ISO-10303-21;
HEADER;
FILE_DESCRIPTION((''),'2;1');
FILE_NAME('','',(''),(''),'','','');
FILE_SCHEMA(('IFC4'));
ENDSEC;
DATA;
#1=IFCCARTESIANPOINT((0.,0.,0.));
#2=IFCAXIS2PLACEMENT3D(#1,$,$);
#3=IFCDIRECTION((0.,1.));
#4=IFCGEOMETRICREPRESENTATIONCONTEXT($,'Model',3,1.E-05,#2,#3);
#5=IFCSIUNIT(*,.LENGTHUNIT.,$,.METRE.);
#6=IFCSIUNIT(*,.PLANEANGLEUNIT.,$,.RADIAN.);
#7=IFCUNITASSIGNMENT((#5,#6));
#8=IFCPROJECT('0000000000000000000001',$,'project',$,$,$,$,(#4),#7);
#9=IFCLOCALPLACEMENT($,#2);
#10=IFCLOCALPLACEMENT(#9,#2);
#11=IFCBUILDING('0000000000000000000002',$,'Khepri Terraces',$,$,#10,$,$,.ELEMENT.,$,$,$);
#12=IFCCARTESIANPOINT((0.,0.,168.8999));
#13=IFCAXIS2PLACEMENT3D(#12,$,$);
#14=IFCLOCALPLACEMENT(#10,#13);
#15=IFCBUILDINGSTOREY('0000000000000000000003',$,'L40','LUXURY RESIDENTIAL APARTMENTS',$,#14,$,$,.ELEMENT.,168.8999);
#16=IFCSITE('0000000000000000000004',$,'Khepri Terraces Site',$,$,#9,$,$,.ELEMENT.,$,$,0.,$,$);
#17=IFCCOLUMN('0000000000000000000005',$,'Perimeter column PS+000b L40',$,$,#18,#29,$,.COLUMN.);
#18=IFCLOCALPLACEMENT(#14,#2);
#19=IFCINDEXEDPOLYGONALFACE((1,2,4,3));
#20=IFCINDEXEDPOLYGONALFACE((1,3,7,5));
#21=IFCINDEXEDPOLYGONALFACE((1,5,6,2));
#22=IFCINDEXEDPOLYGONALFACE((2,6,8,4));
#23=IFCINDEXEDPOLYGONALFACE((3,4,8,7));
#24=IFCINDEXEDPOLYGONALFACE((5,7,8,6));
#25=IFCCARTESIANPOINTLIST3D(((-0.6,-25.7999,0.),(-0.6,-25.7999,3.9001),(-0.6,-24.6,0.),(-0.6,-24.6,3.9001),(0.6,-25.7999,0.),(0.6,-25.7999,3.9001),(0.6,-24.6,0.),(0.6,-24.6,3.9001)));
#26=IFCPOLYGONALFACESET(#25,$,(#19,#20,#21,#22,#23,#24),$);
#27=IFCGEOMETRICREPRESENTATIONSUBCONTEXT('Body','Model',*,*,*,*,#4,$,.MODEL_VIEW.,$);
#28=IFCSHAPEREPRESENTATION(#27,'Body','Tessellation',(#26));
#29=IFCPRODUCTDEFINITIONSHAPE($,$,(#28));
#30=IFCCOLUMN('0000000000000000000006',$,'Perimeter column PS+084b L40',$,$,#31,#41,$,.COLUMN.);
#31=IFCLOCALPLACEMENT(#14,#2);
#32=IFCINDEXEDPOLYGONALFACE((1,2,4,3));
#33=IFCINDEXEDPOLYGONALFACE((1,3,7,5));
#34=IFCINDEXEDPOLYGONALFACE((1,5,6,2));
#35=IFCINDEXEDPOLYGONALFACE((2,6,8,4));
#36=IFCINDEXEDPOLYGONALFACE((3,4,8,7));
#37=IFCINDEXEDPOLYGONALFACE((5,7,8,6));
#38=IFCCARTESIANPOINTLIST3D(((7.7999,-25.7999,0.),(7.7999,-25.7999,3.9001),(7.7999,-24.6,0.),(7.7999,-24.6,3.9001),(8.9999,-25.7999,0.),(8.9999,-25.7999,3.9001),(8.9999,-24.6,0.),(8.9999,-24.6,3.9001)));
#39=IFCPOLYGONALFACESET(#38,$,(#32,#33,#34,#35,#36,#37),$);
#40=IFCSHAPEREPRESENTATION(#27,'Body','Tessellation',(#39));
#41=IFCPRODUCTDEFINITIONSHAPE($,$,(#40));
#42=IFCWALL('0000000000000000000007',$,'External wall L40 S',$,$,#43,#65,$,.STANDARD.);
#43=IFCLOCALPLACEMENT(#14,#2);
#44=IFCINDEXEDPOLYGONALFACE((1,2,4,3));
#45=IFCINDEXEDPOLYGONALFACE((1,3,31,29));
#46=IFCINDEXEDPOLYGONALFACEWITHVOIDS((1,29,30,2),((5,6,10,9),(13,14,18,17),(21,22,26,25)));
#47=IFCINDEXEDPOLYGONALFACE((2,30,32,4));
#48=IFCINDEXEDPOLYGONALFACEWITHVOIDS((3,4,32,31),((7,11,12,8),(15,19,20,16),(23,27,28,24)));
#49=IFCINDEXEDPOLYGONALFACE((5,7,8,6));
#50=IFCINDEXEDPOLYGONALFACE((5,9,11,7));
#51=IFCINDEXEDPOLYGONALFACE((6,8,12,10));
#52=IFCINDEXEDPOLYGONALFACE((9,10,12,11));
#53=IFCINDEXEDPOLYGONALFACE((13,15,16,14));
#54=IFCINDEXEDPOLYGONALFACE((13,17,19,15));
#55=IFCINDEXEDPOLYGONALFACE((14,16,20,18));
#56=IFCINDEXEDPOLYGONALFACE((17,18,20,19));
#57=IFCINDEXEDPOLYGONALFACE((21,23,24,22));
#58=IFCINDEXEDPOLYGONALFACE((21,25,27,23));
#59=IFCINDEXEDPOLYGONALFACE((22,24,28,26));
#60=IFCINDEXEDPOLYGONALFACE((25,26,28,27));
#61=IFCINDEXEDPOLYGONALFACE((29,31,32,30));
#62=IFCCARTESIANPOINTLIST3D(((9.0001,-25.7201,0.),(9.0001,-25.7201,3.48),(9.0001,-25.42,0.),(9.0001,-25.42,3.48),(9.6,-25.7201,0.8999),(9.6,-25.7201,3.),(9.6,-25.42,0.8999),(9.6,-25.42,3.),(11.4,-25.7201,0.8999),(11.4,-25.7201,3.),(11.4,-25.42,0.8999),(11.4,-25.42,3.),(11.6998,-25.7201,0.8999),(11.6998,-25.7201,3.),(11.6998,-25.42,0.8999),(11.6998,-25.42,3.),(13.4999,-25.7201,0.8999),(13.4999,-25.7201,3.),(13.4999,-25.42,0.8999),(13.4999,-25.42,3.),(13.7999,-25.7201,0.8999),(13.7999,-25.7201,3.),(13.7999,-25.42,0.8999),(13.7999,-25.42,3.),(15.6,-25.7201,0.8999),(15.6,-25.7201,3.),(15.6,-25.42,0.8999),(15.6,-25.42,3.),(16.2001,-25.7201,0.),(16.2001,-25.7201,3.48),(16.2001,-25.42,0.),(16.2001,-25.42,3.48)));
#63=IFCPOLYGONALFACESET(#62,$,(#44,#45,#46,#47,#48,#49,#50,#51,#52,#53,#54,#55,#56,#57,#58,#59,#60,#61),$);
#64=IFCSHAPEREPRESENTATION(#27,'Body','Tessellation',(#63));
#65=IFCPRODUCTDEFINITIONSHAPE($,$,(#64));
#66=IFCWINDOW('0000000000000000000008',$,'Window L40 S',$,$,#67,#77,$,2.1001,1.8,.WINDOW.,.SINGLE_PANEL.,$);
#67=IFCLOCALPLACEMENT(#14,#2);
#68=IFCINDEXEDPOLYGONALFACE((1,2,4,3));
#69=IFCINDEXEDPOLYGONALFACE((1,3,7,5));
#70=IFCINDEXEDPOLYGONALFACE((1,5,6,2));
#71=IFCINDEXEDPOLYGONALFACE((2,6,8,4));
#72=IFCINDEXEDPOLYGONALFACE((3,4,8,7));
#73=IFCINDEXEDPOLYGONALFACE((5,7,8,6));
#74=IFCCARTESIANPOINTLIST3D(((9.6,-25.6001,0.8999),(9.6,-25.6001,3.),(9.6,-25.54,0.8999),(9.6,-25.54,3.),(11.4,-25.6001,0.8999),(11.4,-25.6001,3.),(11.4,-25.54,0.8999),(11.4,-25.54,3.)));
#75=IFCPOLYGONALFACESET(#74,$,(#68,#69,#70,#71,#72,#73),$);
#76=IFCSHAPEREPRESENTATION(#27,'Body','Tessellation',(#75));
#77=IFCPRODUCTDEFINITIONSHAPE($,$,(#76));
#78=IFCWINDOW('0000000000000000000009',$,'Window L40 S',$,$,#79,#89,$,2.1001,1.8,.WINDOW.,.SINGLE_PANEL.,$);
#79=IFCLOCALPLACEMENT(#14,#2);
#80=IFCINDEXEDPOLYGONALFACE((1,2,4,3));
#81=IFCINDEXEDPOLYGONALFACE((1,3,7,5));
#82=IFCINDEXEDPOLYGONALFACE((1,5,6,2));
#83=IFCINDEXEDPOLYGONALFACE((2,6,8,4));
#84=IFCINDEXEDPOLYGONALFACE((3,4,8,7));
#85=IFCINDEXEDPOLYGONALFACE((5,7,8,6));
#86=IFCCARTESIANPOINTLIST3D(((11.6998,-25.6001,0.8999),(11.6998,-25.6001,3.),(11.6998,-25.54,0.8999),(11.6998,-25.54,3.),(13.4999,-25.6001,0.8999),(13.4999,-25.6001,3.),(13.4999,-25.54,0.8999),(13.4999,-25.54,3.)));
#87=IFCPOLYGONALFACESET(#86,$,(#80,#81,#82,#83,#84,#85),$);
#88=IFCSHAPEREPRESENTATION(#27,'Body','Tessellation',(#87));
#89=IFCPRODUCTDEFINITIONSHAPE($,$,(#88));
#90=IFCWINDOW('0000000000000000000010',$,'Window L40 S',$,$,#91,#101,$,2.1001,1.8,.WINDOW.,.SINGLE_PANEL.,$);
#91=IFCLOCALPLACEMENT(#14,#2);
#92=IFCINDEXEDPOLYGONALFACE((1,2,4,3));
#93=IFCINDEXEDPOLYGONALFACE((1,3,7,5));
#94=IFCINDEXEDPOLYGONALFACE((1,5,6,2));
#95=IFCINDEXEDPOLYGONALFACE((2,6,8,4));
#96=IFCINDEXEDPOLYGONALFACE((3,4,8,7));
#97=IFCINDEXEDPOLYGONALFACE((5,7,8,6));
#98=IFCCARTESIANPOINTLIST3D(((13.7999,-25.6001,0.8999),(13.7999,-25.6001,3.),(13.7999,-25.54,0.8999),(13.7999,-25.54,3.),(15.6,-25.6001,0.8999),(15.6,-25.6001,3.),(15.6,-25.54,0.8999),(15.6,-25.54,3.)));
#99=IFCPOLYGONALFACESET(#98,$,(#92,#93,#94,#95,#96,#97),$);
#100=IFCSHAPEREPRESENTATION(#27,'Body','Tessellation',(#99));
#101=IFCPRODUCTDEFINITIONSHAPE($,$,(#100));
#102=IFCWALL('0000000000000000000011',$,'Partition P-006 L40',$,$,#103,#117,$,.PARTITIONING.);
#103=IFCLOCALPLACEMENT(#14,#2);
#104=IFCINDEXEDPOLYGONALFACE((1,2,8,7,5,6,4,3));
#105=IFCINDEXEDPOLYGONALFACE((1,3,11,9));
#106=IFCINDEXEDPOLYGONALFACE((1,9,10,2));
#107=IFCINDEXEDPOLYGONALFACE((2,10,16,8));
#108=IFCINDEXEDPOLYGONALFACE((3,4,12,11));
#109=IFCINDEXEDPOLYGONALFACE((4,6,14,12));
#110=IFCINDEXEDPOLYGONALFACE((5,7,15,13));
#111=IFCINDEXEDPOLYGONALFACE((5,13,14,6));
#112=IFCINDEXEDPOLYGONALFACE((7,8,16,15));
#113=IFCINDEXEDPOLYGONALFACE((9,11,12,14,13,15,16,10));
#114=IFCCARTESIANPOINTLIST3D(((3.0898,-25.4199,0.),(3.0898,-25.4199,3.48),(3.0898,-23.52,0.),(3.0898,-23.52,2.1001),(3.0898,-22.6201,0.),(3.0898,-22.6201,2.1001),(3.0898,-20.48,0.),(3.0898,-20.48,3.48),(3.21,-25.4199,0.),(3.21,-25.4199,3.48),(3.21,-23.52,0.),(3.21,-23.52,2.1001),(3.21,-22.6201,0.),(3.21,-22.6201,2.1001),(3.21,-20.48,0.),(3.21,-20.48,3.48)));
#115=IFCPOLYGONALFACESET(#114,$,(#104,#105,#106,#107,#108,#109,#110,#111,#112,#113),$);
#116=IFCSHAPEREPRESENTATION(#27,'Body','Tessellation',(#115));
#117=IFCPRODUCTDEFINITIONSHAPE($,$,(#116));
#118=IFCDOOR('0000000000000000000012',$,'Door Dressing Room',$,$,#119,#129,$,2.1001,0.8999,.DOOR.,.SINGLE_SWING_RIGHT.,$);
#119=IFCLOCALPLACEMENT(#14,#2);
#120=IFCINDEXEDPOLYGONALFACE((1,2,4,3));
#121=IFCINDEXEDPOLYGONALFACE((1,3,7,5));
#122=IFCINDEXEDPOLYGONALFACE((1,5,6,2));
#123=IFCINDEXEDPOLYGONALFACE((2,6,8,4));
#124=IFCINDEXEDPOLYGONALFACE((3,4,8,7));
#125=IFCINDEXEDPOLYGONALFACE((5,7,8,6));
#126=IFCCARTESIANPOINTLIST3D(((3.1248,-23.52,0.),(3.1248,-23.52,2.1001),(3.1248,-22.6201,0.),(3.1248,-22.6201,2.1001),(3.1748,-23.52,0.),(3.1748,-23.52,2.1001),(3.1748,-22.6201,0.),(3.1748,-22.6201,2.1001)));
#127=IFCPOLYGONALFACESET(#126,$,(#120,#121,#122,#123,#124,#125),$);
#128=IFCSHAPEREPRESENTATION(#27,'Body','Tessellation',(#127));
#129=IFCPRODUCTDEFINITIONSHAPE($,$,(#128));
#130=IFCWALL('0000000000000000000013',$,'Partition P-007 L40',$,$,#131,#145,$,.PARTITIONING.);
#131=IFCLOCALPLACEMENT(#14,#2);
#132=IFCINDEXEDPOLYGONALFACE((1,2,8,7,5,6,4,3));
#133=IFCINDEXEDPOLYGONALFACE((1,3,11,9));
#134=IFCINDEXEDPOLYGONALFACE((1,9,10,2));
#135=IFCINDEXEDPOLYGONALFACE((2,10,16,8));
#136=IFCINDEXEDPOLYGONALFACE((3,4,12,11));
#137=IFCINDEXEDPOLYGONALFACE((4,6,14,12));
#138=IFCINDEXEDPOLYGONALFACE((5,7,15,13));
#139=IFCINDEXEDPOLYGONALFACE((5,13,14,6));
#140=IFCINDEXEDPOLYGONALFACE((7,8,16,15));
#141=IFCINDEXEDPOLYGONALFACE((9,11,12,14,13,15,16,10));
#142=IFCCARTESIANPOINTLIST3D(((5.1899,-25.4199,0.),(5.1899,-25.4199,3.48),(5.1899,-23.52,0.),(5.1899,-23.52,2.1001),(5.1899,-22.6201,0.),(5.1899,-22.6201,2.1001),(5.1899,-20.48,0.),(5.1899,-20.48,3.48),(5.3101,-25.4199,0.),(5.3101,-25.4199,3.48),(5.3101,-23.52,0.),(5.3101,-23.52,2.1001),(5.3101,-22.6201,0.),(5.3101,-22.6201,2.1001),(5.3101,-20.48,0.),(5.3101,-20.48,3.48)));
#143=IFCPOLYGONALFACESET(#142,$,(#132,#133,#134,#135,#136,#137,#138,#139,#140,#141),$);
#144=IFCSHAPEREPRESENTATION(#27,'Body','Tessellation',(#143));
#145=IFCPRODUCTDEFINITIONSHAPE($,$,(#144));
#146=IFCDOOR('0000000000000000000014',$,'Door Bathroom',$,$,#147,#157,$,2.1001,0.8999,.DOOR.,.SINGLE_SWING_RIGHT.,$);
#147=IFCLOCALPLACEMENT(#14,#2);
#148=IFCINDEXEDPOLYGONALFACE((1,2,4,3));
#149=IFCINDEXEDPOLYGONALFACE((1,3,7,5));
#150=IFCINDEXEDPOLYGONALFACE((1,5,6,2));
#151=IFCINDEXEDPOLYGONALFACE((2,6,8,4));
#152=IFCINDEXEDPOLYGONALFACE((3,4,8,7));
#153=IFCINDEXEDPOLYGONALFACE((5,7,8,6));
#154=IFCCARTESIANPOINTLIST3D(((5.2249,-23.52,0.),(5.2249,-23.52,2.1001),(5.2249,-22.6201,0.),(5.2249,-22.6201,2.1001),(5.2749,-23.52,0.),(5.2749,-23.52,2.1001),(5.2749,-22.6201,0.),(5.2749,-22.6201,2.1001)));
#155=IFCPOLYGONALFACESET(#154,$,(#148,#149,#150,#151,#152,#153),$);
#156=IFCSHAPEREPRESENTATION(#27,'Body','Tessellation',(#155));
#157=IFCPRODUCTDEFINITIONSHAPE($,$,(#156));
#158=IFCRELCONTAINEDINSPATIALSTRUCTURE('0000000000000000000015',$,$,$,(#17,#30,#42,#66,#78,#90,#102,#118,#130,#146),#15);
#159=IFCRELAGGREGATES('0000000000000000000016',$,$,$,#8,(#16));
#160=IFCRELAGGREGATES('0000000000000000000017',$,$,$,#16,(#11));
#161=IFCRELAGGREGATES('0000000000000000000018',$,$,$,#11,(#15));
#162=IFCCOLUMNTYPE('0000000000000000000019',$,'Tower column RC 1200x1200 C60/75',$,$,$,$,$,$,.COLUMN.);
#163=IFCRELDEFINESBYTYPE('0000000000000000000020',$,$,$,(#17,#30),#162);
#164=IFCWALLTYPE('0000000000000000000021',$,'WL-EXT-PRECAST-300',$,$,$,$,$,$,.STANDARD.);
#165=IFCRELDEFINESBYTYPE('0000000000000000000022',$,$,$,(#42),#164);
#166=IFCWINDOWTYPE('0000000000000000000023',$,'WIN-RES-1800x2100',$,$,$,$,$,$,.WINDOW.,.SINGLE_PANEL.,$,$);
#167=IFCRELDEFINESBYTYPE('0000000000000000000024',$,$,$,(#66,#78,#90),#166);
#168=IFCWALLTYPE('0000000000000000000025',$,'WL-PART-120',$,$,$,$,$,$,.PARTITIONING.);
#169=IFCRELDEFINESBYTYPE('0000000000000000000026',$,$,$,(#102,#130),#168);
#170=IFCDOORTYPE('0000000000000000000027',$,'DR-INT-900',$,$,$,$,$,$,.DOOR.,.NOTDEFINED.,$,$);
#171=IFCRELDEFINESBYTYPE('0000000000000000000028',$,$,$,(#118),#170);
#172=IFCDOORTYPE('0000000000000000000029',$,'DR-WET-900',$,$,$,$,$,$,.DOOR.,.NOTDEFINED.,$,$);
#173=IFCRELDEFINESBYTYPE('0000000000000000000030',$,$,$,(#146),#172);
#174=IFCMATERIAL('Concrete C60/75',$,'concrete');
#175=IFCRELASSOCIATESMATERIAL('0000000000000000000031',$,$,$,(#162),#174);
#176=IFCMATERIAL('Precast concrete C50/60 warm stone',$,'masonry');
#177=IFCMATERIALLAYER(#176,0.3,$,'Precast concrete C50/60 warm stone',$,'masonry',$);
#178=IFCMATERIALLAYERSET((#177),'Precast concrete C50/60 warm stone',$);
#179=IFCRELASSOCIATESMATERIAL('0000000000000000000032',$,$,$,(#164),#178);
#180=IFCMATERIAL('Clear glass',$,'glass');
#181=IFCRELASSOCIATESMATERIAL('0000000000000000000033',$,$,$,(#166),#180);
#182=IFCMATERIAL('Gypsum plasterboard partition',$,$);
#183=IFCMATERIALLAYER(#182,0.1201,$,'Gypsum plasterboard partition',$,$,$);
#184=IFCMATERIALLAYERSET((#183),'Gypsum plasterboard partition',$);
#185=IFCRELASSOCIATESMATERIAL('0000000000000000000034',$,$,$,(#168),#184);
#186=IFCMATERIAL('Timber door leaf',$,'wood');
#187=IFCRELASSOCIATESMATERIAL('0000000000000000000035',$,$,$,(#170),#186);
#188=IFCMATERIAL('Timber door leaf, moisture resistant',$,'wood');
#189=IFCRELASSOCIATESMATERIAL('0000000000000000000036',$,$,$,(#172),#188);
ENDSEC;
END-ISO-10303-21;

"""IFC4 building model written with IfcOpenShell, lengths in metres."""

from ifc_helpers import new_model, si_unit, direction, frame, frame_2d, origin, origin_2d, place, context, subcontext, project, spatial, rectangle, extrude, material, layer, layer_set, material_profile, profile_set, type_object, element, fill, save


model = new_model("IFC4")

# Units and contexts
model_context = context("Model", 3, precision=1e-05, world=origin(), true_north=direction((0.0, 1.0)))
body_context = subcontext(model_context, "Body", "Model", "MODEL_VIEW")
ifc_project = project(units=[si_unit("LENGTHUNIT", "METRE"), si_unit("PLANEANGLEUNIT", "RADIAN")], contexts=[model_context])

# Site, building, storey
site_placement = place(None, origin())
site = spatial("IfcSite", under=ifc_project, at=site_placement, Name="Khepri Terraces Site", CompositionType="ELEMENT", RefElevation=0.0)
building_placement = place(site_placement, origin())
building = spatial("IfcBuilding", under=site, at=building_placement, Name="Khepri Terraces", CompositionType="ELEMENT")
storey_placement = place(building_placement, frame((0.0, 0.0, 168.8999)))
storey = spatial("IfcBuildingStorey", under=building, at=storey_placement, Name="L40", Description="LUXURY RESIDENTIAL APARTMENTS", CompositionType="ELEMENT", Elevation=168.8999)

# Columns
ifc_material_1 = material(Name="Concrete C60/75", Category="concrete")
ifc_material_profile = material_profile(ifc_material_1, rectangle(XDim=1.2, YDim=1.2, at=origin_2d()), Name="Concrete C60/75", Category="concrete")
ifc_profile_set = profile_set([ifc_material_profile], Name="Concrete C60/75")
column_type = type_object("IfcColumnType", Name="Tower column RC 1200x1200 C60/75", PredefinedType="COLUMN", material=ifc_profile_set)
for number, where, z_axis, x_axis, name in (
    (1, (0.0, -25.2, 0.0), (0.0, 0.0, 1.0), (1.0, 0.0, 0.0), "Perimeter column PS+000b L40"),
    (2, (8.3999, -25.2, 0.0), (0.0, 0.0, 1.0), (1.0, 0.0, 0.0), "Perimeter column PS+084b L40"),
):
    element("IfcColumn", number, at=place(storey_placement, frame(where, z_axis=z_axis, x_axis=x_axis)), inside=storey, type_object=column_type, Name=name, PredefinedType="COLUMN", context=body_context, shape_type="SweptSolid", body=[
        extrude(rectangle(XDim=1.2, YDim=1.2, at=origin_2d()), origin(), (0.0, 0.0, 1.0), 3.9001),
    ])

# Shared definitions
ifc_material_2 = material(Name="Precast concrete C50/60 warm stone", Category="masonry")
ifc_layer_1 = layer(ifc_material_2, 0.3, Name="Precast concrete C50/60 warm stone", Category="masonry")
ifc_layer_set_1 = layer_set([ifc_layer_1], Name="Precast concrete C50/60 warm stone")
wall_type_1 = type_object("IfcWallType", Name="WL-EXT-PRECAST-300", PredefinedType="STANDARD", material=ifc_layer_set_1)
ifc_material_3 = material(Name="Clear glass", Category="glass")
window_type = type_object("IfcWindowType", Name="WIN-RES-1800x2100", PartitioningType="SINGLE_PANEL", PredefinedType="WINDOW", material=ifc_material_3)

# Wall, openings, windows
wall_1_placement = place(storey_placement, frame((9.0, -25.5701, 0.0), z_axis=(0.0, 0.0, 1.0), x_axis=(1.0, 0.0, 0.0)))
wall_1 = element("IfcWall", 3, at=wall_1_placement, inside=storey, type_object=wall_type_1, Name="External wall L40 S", PredefinedType="STANDARD", context=body_context, shape_type="SweptSolid", body=[
    extrude(rectangle(XDim=7.2, YDim=0.3, at=frame_2d((3.6001, 0.0))), origin(), (0.0, 0.0, 1.0), 3.48),
])
opening_1_placement = place(wall_1_placement, frame((0.6001, 0.0, 0.8999)))
opening_1 = element("IfcOpeningElement", 4, at=opening_1_placement, cuts=wall_1, PredefinedType="OPENING", context=body_context, shape_type="SweptSolid", body=[
    extrude(rectangle(XDim=1.8, YDim=2.1001, at=frame_2d((0.8999, 1.05))), frame((0.0, 0.1602, 0.0), z_axis=(0.0, -1.0, 0.0), x_axis=(1.0, 0.0, 0.0)), (0.0, 0.0, 1.0), 0.3201),
])
opening_2_placement = place(wall_1_placement, frame((2.7, 0.0, 0.8999)))
opening_2 = element("IfcOpeningElement", 5, at=opening_2_placement, cuts=wall_1, PredefinedType="OPENING", context=body_context, shape_type="SweptSolid", body=[
    extrude(rectangle(XDim=1.8, YDim=2.1001, at=frame_2d((0.8999, 1.05))), frame((0.0, 0.1602, 0.0), z_axis=(0.0, -1.0, 0.0), x_axis=(1.0, 0.0, 0.0)), (0.0, 0.0, 1.0), 0.3201),
])
opening_3_placement = place(wall_1_placement, frame((4.8, 0.0, 0.8999)))
opening_3 = element("IfcOpeningElement", 6, at=opening_3_placement, cuts=wall_1, PredefinedType="OPENING", context=body_context, shape_type="SweptSolid", body=[
    extrude(rectangle(XDim=1.8, YDim=2.1001, at=frame_2d((0.8999, 1.05))), frame((0.0, 0.1602, 0.0), z_axis=(0.0, -1.0, 0.0), x_axis=(1.0, 0.0, 0.0)), (0.0, 0.0, 1.0), 0.3201),
])
window_1_placement = place(opening_1_placement, origin())
window_1 = element("IfcWindow", 7, at=window_1_placement, inside=storey, type_object=window_type, Name="Window L40 S", OverallHeight=2.1001, OverallWidth=1.8, PartitioningType="SINGLE_PANEL", PredefinedType="WINDOW", context=body_context, shape_type="SweptSolid", body=[
    extrude(rectangle(XDim=1.8, YDim=2.1001, at=frame_2d((0.8999, 1.05))), frame((0.0, 0.03, 0.0), z_axis=(0.0, -1.0, 0.0), x_axis=(1.0, 0.0, 0.0)), (0.0, 0.0, 1.0), 0.0601),
])
fill(opening_1, window_1)
window_2_placement = place(opening_2_placement, origin())
window_2 = element("IfcWindow", 8, at=window_2_placement, inside=storey, type_object=window_type, Name="Window L40 S", OverallHeight=2.1001, OverallWidth=1.8, PartitioningType="SINGLE_PANEL", PredefinedType="WINDOW", context=body_context, shape_type="SweptSolid", body=[
    extrude(rectangle(XDim=1.8, YDim=2.1001, at=frame_2d((0.8999, 1.05))), frame((0.0, 0.03, 0.0), z_axis=(0.0, -1.0, 0.0), x_axis=(1.0, 0.0, 0.0)), (0.0, 0.0, 1.0), 0.0601),
])
fill(opening_2, window_2)
window_3_placement = place(opening_3_placement, origin())
window_3 = element("IfcWindow", 9, at=window_3_placement, inside=storey, type_object=window_type, Name="Window L40 S", OverallHeight=2.1001, OverallWidth=1.8, PartitioningType="SINGLE_PANEL", PredefinedType="WINDOW", context=body_context, shape_type="SweptSolid", body=[
    extrude(rectangle(XDim=1.8, YDim=2.1001, at=frame_2d((0.8999, 1.05))), frame((0.0, 0.03, 0.0), z_axis=(0.0, -1.0, 0.0), x_axis=(1.0, 0.0, 0.0)), (0.0, 0.0, 1.0), 0.0601),
])
fill(opening_3, window_3)

# Walls, openings, doors
ifc_material_4 = material(Name="Gypsum plasterboard partition")
ifc_layer_2 = layer(ifc_material_4, 0.1201, Name="Gypsum plasterboard partition")
ifc_layer_set_2 = layer_set([ifc_layer_2], Name="Gypsum plasterboard partition")
wall_type_2 = type_object("IfcWallType", Name="WL-PART-120", PredefinedType="PARTITIONING", material=ifc_layer_set_2)
wall_2_placement = place(storey_placement, frame((3.1499, -25.4199, 0.0), z_axis=(0.0, 0.0, 1.0), x_axis=(0.0, 1.0, 0.0)))
wall_2 = element("IfcWall", 10, at=wall_2_placement, inside=storey, type_object=wall_type_2, Name="Partition P-006 L40", PredefinedType="PARTITIONING", context=body_context, shape_type="SweptSolid", body=[
    extrude(rectangle(XDim=4.9399, YDim=0.1201, at=frame_2d((2.47, 0.0))), origin(), (0.0, 0.0, 1.0), 3.48),
])
opening_4_placement = place(wall_2_placement, frame((1.8999, 0.0, 0.0)))
opening_4 = element("IfcOpeningElement", 11, at=opening_4_placement, cuts=wall_2, PredefinedType="OPENING", context=body_context, shape_type="SweptSolid", body=[
    extrude(rectangle(XDim=0.8999, YDim=2.1001, at=frame_2d((0.45, 1.05))), frame((0.0, 0.0701, 0.0), z_axis=(0.0, -1.0, 0.0), x_axis=(1.0, 0.0, 0.0)), (0.0, 0.0, 1.0), 0.1401),
])
ifc_material_5 = material(Name="Timber door leaf", Category="wood")
door_type_1 = type_object("IfcDoorType", Name="DR-INT-900", OperationType="NOTDEFINED", PredefinedType="DOOR", material=ifc_material_5)
door_1_placement = place(opening_4_placement, frame((0.8999, 0.0, 0.0), z_axis=(0.0, 0.0, 1.0), x_axis=(-1.0, 0.0, 0.0)))
door_1 = element("IfcDoor", 12, at=door_1_placement, inside=storey, type_object=door_type_1, Name="Door Dressing Room", OperationType="SINGLE_SWING_RIGHT", OverallHeight=2.1001, OverallWidth=0.8999, PredefinedType="DOOR", context=body_context, shape_type="SweptSolid", body=[
    extrude(rectangle(XDim=0.8999, YDim=2.1001, at=frame_2d((0.45, 1.05))), frame((0.0, 0.0249, 0.0), z_axis=(0.0, -1.0, 0.0), x_axis=(1.0, 0.0, 0.0)), (0.0, 0.0, 1.0), 0.05),
])
fill(opening_4, door_1)
wall_3_placement = place(storey_placement, frame((5.25, -25.4199, 0.0), z_axis=(0.0, 0.0, 1.0), x_axis=(0.0, 1.0, 0.0)))
wall_3 = element("IfcWall", 13, at=wall_3_placement, inside=storey, type_object=wall_type_2, Name="Partition P-007 L40", PredefinedType="PARTITIONING", context=body_context, shape_type="SweptSolid", body=[
    extrude(rectangle(XDim=4.9399, YDim=0.1201, at=frame_2d((2.47, 0.0))), origin(), (0.0, 0.0, 1.0), 3.48),
])
opening_5_placement = place(wall_3_placement, frame((1.8999, 0.0, 0.0)))
opening_5 = element("IfcOpeningElement", 14, at=opening_5_placement, cuts=wall_3, PredefinedType="OPENING", context=body_context, shape_type="SweptSolid", body=[
    extrude(rectangle(XDim=0.8999, YDim=2.1001, at=frame_2d((0.45, 1.05))), frame((0.0, 0.0701, 0.0), z_axis=(0.0, -1.0, 0.0), x_axis=(1.0, 0.0, 0.0)), (0.0, 0.0, 1.0), 0.1401),
])
ifc_material_6 = material(Name="Timber door leaf, moisture resistant", Category="wood")
door_type_2 = type_object("IfcDoorType", Name="DR-WET-900", OperationType="NOTDEFINED", PredefinedType="DOOR", material=ifc_material_6)
door_2_placement = place(opening_5_placement, frame((0.8999, 0.0, 0.0), z_axis=(0.0, 0.0, 1.0), x_axis=(-1.0, 0.0, 0.0)))
door_2 = element("IfcDoor", 15, at=door_2_placement, inside=storey, type_object=door_type_2, Name="Door Bathroom", OperationType="SINGLE_SWING_RIGHT", OverallHeight=2.1001, OverallWidth=0.8999, PredefinedType="DOOR", context=body_context, shape_type="SweptSolid", body=[
    extrude(rectangle(XDim=0.8999, YDim=2.1001, at=frame_2d((0.45, 1.05))), frame((0.0, 0.0249, 0.0), z_axis=(0.0, -1.0, 0.0), x_axis=(1.0, 0.0, 0.0)), (0.0, 0.0, 1.0), 0.05),
])
fill(opening_5, door_2)

save(model, "model.ifc")
